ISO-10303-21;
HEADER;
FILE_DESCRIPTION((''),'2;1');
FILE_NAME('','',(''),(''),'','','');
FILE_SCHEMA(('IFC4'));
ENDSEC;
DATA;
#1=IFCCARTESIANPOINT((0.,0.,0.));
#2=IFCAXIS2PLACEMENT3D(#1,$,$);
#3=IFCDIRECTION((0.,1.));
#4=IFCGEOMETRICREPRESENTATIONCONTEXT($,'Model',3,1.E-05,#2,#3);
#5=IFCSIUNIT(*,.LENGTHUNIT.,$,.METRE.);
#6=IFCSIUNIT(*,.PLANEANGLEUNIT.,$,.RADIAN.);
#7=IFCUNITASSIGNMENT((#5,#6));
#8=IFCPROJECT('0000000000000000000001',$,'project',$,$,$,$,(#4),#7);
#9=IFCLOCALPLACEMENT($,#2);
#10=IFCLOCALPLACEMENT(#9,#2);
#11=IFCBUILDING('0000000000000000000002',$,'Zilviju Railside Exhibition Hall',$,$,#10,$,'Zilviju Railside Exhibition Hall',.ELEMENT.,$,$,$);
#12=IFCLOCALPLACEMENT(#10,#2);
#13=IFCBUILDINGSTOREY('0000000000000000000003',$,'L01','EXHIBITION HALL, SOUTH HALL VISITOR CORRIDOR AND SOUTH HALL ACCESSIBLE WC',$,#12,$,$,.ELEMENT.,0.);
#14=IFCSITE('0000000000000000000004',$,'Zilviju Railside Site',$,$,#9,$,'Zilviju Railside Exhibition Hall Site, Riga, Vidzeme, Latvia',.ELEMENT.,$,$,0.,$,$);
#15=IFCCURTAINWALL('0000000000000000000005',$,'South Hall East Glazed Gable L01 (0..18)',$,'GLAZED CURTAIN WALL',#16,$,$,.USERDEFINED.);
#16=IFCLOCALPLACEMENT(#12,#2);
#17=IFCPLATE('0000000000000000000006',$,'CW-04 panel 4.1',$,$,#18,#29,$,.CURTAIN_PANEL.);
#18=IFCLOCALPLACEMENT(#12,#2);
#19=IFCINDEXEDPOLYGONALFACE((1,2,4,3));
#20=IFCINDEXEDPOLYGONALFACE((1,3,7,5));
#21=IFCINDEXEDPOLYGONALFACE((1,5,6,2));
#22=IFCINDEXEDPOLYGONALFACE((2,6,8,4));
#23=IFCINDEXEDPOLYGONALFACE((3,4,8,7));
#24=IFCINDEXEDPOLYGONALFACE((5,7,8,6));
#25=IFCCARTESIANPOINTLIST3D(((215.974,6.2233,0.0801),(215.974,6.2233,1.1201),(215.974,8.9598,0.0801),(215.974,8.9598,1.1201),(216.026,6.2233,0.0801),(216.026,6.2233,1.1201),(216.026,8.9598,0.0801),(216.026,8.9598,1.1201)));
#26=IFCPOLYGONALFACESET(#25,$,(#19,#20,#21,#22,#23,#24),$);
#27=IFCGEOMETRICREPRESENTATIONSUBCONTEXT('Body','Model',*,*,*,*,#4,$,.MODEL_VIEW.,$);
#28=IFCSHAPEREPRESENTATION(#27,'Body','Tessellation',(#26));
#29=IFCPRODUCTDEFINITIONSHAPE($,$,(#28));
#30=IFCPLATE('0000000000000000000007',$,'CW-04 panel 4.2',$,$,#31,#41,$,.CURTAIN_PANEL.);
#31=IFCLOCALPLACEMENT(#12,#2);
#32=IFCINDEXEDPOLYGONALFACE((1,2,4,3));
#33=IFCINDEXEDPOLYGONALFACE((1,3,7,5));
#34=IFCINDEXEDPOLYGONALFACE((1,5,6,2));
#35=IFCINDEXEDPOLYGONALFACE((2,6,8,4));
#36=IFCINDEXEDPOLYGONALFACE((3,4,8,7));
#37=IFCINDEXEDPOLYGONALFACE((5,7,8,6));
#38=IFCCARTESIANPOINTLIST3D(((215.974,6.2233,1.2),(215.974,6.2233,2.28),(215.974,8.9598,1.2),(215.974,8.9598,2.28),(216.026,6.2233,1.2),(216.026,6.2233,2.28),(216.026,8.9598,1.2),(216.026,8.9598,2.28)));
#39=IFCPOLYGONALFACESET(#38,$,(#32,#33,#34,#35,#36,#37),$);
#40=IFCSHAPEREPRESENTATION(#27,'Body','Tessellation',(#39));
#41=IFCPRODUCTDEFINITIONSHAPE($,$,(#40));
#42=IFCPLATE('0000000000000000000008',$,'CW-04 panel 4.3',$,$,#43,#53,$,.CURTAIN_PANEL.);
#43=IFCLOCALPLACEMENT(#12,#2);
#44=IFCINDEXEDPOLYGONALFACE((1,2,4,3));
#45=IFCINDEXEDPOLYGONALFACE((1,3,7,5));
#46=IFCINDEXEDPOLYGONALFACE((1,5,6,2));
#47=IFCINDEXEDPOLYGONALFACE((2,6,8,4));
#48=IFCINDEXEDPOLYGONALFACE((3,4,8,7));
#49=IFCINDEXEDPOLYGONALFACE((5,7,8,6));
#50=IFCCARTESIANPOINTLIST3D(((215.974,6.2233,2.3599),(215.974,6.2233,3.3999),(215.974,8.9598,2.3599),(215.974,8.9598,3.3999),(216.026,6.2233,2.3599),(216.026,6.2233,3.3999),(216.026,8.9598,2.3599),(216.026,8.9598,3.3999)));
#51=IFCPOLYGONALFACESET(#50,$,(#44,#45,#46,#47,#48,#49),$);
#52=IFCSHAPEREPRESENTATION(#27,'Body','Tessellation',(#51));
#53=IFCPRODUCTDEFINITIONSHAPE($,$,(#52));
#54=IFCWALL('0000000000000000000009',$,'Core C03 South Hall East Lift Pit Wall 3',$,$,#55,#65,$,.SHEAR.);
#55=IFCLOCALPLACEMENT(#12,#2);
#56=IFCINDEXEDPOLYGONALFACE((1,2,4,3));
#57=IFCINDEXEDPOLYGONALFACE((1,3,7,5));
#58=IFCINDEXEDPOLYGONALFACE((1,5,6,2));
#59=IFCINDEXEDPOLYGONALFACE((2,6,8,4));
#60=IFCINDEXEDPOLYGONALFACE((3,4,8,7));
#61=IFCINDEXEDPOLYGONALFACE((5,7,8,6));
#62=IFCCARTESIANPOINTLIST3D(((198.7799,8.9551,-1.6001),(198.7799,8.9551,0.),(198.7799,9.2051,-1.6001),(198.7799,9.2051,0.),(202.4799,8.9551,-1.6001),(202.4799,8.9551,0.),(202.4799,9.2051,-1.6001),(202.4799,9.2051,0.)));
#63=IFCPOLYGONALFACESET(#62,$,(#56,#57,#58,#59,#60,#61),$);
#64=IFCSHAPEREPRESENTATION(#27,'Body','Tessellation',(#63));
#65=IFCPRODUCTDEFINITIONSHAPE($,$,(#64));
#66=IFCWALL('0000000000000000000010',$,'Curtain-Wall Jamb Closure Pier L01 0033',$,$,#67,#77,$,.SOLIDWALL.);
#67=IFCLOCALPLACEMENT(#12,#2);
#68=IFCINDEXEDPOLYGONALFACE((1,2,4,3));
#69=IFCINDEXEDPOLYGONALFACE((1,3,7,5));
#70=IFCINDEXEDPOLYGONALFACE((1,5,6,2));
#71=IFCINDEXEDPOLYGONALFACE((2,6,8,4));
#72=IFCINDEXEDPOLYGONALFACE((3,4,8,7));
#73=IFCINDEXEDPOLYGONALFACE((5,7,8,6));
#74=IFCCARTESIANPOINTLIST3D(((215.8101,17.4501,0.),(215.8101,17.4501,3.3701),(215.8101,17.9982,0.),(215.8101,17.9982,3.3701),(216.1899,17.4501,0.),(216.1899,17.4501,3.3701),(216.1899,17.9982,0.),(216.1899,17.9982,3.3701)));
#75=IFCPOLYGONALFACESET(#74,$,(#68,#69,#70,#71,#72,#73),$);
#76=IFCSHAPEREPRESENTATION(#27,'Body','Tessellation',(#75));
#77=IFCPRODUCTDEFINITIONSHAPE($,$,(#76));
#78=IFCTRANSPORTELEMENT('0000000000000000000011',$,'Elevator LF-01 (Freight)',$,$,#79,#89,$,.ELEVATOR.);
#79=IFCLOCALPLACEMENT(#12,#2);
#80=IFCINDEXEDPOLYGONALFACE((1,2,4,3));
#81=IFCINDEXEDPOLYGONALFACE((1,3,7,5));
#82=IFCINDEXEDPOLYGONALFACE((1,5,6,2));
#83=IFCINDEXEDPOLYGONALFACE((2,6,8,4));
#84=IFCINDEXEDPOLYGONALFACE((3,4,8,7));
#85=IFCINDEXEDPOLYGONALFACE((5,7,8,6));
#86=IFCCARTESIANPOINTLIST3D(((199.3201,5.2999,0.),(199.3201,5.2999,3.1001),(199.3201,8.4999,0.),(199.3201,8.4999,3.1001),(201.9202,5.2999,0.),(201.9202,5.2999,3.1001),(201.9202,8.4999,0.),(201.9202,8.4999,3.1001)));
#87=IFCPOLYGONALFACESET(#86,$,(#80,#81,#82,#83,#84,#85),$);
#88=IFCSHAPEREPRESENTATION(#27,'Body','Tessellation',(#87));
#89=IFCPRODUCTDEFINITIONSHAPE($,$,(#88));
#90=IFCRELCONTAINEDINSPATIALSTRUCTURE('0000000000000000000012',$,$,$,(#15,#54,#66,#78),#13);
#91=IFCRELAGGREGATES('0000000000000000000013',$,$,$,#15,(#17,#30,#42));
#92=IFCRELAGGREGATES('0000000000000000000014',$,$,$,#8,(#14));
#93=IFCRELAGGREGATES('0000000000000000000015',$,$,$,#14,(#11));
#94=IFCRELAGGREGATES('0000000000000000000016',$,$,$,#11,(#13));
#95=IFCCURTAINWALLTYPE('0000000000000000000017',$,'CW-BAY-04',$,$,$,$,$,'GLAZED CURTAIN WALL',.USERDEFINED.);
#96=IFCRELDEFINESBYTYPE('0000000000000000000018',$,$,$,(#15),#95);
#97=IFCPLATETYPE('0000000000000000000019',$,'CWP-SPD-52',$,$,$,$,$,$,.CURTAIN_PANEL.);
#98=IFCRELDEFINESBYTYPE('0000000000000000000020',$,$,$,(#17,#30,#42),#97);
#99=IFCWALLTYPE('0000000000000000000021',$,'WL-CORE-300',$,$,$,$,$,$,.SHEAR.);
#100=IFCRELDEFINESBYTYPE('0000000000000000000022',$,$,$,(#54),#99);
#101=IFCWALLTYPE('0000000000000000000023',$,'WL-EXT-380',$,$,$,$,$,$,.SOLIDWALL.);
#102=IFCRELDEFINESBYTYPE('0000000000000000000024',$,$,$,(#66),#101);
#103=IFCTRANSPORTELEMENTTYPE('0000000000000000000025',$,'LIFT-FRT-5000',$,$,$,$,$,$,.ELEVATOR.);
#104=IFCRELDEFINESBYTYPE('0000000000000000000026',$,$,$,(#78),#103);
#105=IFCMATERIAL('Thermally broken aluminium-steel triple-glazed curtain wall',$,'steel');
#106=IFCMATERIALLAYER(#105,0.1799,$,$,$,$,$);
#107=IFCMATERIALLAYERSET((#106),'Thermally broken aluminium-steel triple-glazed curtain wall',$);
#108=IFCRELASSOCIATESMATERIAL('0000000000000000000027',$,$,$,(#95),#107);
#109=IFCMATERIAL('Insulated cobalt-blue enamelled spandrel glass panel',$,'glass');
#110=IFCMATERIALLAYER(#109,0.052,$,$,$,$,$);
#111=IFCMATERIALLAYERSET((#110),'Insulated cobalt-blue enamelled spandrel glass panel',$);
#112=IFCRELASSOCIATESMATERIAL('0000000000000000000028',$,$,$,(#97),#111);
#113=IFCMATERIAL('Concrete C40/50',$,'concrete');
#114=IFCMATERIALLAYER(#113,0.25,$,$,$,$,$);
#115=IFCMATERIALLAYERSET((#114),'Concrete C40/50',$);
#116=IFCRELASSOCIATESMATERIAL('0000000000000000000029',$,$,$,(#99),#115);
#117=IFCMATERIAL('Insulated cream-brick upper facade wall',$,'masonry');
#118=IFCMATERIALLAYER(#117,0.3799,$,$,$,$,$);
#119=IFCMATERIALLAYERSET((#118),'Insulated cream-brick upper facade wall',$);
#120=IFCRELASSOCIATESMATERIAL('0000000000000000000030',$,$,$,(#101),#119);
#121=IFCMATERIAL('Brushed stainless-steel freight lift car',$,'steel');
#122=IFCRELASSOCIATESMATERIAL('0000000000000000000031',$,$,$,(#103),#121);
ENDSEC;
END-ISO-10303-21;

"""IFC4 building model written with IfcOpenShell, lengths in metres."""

from ifc_helpers import new_model, si_unit, direction, frame, frame_2d, origin, origin_2d, place, context, subcontext, project, spatial, rectangle, extrude, material, layer, layer_set, type_object, element, aggregate, save


model = new_model("IFC4")

# Units and contexts
model_context = context("Model", 3, precision=1e-05, world=origin(), true_north=direction((0.0, 1.0)))
body_context = subcontext(model_context, "Body", "Model", "MODEL_VIEW")
ifc_project = project(units=[si_unit("LENGTHUNIT", "METRE"), si_unit("PLANEANGLEUNIT", "RADIAN")], contexts=[model_context])

# Site, building, storey
site_placement = place(None, origin())
site = spatial("IfcSite", under=ifc_project, at=site_placement, Name="Zilviju Railside Site", LongName="Zilviju Railside Exhibition Hall Site, Riga, Vidzeme, Latvia", CompositionType="ELEMENT", RefElevation=0.0)
building_placement = place(site_placement, origin())
building = spatial("IfcBuilding", under=site, at=building_placement, Name="Zilviju Railside Exhibition Hall", LongName="Zilviju Railside Exhibition Hall", CompositionType="ELEMENT")
storey_placement = place(building_placement, origin())
storey = spatial("IfcBuildingStorey", under=building, at=storey_placement, Name="L01", Description="EXHIBITION HALL, SOUTH HALL VISITOR CORRIDOR AND SOUTH HALL ACCESSIBLE WC", CompositionType="ELEMENT", Elevation=0.0)

# Shared definitions
ifc_material_1 = material(Name="Concrete C40/50", Category="concrete")

# Curtain wall, plates
ifc_material_2 = material(Name="Thermally broken aluminium-steel triple-glazed curtain wall", Category="steel")
ifc_layer_1 = layer(ifc_material_2, 0.1799)
ifc_layer_set_1 = layer_set([ifc_layer_1], Name="Thermally broken aluminium-steel triple-glazed curtain wall")
curtain_wall_type = type_object("IfcCurtainWallType", Name="CW-BAY-04", ElementType="GLAZED CURTAIN WALL", PredefinedType="USERDEFINED", material=ifc_layer_set_1)
curtain_wall_placement = place(storey_placement, origin())
curtain_wall = element("IfcCurtainWall", 1, at=curtain_wall_placement, inside=storey, type_object=curtain_wall_type, Name="South Hall East Glazed Gable L01 (0..18)", ObjectType="GLAZED CURTAIN WALL", PredefinedType="USERDEFINED")
ifc_material_3 = material(Name="Insulated cobalt-blue enamelled spandrel glass panel", Category="glass")
ifc_layer_2 = layer(ifc_material_3, 0.052)
ifc_layer_set_2 = layer_set([ifc_layer_2], Name="Insulated cobalt-blue enamelled spandrel glass panel")
plate_type = type_object("IfcPlateType", Name="CWP-SPD-52", PredefinedType="CURTAIN_PANEL", material=ifc_layer_set_2)
plate_1_placement = place(storey_placement, frame((216.0, 7.5916, 0.0801), z_axis=(0.0, 0.0, 1.0), x_axis=(0.0, -1.0, 0.0)))
plate_1 = element("IfcPlate", 2, at=plate_1_placement, type_object=plate_type, Name="CW-04 panel 4.1", PredefinedType="CURTAIN_PANEL", context=body_context, shape_type="SweptSolid", body=[
    extrude(rectangle(XDim=2.7366, YDim=0.052, at=origin_2d()), origin(), (0.0, 0.0, 1.0), 1.04),
])
plate_2_placement = place(storey_placement, frame((216.0, 7.5916, 1.2), z_axis=(0.0, 0.0, 1.0), x_axis=(0.0, -1.0, 0.0)))
plate_2 = element("IfcPlate", 3, at=plate_2_placement, type_object=plate_type, Name="CW-04 panel 4.2", PredefinedType="CURTAIN_PANEL", context=body_context, shape_type="SweptSolid", body=[
    extrude(rectangle(XDim=2.7366, YDim=0.052, at=origin_2d()), origin(), (0.0, 0.0, 1.0), 1.0801),
])
plate_3_placement = place(storey_placement, frame((216.0, 7.5916, 2.3599), z_axis=(0.0, 0.0, 1.0), x_axis=(0.0, -1.0, 0.0)))
plate_3 = element("IfcPlate", 4, at=plate_3_placement, type_object=plate_type, Name="CW-04 panel 4.3", PredefinedType="CURTAIN_PANEL", context=body_context, shape_type="SweptSolid", body=[
    extrude(rectangle(XDim=2.7366, YDim=0.052, at=origin_2d()), origin(), (0.0, 0.0, 1.0), 1.04),
])
aggregate(curtain_wall, [plate_1, plate_2, plate_3])

# Walls
ifc_layer_3 = layer(ifc_material_1, 0.25)
ifc_layer_set_3 = layer_set([ifc_layer_3], Name="Concrete C40/50")
wall_type_1 = type_object("IfcWallType", Name="WL-CORE-300", PredefinedType="SHEAR", material=ifc_layer_set_3)
wall_1_placement = place(storey_placement, frame((202.48, 9.0801, -1.6001), z_axis=(0.0, 0.0, 1.0), x_axis=(-1.0, 0.0, 0.0)))
element("IfcWall", 5, at=wall_1_placement, inside=storey, type_object=wall_type_1, Name="Core C03 South Hall East Lift Pit Wall 3", PredefinedType="SHEAR", context=body_context, shape_type="SweptSolid", body=[
    extrude(rectangle(XDim=3.7, YDim=0.25, at=frame_2d((1.8501, 0.0))), origin(), (0.0, 0.0, 1.0), 1.6001),
])
ifc_material_4 = material(Name="Insulated cream-brick upper facade wall", Category="masonry")
ifc_layer_4 = layer(ifc_material_4, 0.3799)
ifc_layer_set_4 = layer_set([ifc_layer_4], Name="Insulated cream-brick upper facade wall")
wall_type_2 = type_object("IfcWallType", Name="WL-EXT-380", PredefinedType="SOLIDWALL", material=ifc_layer_set_4)
wall_2_placement = place(storey_placement, frame((216.0, 17.998, 0.0), z_axis=(0.0, 0.0, 1.0), x_axis=(0.0, -1.0, 0.0)))
element("IfcWall", 6, at=wall_2_placement, inside=storey, type_object=wall_type_2, Name="Curtain-Wall Jamb Closure Pier L01 0033", PredefinedType="SOLIDWALL", context=body_context, shape_type="SweptSolid", body=[
    extrude(rectangle(XDim=0.5481, YDim=0.3799, at=frame_2d((0.2739, 0.0))), origin(), (0.0, 0.0, 1.0), 3.3701),
])

# Transport element
ifc_material_5 = material(Name="Brushed stainless-steel freight lift car", Category="steel")
transport_element_type = type_object("IfcTransportElementType", Name="LIFT-FRT-5000", PredefinedType="ELEVATOR", material=ifc_material_5)
transport_element_placement = place(storey_placement, frame((200.6201, 6.8999, 0.0), z_axis=(0.0, 0.0, 1.0), x_axis=(1.0, 0.0, 0.0)))
element("IfcTransportElement", 7, at=transport_element_placement, inside=storey, type_object=transport_element_type, Name="Elevator LF-01 (Freight)", PredefinedType="ELEVATOR", context=body_context, shape_type="SweptSolid", body=[
    extrude(rectangle(XDim=2.6001, YDim=3.2, at=origin_2d()), origin(), (0.0, 0.0, 1.0), 3.1001),
])

save(model, "model.ifc")
